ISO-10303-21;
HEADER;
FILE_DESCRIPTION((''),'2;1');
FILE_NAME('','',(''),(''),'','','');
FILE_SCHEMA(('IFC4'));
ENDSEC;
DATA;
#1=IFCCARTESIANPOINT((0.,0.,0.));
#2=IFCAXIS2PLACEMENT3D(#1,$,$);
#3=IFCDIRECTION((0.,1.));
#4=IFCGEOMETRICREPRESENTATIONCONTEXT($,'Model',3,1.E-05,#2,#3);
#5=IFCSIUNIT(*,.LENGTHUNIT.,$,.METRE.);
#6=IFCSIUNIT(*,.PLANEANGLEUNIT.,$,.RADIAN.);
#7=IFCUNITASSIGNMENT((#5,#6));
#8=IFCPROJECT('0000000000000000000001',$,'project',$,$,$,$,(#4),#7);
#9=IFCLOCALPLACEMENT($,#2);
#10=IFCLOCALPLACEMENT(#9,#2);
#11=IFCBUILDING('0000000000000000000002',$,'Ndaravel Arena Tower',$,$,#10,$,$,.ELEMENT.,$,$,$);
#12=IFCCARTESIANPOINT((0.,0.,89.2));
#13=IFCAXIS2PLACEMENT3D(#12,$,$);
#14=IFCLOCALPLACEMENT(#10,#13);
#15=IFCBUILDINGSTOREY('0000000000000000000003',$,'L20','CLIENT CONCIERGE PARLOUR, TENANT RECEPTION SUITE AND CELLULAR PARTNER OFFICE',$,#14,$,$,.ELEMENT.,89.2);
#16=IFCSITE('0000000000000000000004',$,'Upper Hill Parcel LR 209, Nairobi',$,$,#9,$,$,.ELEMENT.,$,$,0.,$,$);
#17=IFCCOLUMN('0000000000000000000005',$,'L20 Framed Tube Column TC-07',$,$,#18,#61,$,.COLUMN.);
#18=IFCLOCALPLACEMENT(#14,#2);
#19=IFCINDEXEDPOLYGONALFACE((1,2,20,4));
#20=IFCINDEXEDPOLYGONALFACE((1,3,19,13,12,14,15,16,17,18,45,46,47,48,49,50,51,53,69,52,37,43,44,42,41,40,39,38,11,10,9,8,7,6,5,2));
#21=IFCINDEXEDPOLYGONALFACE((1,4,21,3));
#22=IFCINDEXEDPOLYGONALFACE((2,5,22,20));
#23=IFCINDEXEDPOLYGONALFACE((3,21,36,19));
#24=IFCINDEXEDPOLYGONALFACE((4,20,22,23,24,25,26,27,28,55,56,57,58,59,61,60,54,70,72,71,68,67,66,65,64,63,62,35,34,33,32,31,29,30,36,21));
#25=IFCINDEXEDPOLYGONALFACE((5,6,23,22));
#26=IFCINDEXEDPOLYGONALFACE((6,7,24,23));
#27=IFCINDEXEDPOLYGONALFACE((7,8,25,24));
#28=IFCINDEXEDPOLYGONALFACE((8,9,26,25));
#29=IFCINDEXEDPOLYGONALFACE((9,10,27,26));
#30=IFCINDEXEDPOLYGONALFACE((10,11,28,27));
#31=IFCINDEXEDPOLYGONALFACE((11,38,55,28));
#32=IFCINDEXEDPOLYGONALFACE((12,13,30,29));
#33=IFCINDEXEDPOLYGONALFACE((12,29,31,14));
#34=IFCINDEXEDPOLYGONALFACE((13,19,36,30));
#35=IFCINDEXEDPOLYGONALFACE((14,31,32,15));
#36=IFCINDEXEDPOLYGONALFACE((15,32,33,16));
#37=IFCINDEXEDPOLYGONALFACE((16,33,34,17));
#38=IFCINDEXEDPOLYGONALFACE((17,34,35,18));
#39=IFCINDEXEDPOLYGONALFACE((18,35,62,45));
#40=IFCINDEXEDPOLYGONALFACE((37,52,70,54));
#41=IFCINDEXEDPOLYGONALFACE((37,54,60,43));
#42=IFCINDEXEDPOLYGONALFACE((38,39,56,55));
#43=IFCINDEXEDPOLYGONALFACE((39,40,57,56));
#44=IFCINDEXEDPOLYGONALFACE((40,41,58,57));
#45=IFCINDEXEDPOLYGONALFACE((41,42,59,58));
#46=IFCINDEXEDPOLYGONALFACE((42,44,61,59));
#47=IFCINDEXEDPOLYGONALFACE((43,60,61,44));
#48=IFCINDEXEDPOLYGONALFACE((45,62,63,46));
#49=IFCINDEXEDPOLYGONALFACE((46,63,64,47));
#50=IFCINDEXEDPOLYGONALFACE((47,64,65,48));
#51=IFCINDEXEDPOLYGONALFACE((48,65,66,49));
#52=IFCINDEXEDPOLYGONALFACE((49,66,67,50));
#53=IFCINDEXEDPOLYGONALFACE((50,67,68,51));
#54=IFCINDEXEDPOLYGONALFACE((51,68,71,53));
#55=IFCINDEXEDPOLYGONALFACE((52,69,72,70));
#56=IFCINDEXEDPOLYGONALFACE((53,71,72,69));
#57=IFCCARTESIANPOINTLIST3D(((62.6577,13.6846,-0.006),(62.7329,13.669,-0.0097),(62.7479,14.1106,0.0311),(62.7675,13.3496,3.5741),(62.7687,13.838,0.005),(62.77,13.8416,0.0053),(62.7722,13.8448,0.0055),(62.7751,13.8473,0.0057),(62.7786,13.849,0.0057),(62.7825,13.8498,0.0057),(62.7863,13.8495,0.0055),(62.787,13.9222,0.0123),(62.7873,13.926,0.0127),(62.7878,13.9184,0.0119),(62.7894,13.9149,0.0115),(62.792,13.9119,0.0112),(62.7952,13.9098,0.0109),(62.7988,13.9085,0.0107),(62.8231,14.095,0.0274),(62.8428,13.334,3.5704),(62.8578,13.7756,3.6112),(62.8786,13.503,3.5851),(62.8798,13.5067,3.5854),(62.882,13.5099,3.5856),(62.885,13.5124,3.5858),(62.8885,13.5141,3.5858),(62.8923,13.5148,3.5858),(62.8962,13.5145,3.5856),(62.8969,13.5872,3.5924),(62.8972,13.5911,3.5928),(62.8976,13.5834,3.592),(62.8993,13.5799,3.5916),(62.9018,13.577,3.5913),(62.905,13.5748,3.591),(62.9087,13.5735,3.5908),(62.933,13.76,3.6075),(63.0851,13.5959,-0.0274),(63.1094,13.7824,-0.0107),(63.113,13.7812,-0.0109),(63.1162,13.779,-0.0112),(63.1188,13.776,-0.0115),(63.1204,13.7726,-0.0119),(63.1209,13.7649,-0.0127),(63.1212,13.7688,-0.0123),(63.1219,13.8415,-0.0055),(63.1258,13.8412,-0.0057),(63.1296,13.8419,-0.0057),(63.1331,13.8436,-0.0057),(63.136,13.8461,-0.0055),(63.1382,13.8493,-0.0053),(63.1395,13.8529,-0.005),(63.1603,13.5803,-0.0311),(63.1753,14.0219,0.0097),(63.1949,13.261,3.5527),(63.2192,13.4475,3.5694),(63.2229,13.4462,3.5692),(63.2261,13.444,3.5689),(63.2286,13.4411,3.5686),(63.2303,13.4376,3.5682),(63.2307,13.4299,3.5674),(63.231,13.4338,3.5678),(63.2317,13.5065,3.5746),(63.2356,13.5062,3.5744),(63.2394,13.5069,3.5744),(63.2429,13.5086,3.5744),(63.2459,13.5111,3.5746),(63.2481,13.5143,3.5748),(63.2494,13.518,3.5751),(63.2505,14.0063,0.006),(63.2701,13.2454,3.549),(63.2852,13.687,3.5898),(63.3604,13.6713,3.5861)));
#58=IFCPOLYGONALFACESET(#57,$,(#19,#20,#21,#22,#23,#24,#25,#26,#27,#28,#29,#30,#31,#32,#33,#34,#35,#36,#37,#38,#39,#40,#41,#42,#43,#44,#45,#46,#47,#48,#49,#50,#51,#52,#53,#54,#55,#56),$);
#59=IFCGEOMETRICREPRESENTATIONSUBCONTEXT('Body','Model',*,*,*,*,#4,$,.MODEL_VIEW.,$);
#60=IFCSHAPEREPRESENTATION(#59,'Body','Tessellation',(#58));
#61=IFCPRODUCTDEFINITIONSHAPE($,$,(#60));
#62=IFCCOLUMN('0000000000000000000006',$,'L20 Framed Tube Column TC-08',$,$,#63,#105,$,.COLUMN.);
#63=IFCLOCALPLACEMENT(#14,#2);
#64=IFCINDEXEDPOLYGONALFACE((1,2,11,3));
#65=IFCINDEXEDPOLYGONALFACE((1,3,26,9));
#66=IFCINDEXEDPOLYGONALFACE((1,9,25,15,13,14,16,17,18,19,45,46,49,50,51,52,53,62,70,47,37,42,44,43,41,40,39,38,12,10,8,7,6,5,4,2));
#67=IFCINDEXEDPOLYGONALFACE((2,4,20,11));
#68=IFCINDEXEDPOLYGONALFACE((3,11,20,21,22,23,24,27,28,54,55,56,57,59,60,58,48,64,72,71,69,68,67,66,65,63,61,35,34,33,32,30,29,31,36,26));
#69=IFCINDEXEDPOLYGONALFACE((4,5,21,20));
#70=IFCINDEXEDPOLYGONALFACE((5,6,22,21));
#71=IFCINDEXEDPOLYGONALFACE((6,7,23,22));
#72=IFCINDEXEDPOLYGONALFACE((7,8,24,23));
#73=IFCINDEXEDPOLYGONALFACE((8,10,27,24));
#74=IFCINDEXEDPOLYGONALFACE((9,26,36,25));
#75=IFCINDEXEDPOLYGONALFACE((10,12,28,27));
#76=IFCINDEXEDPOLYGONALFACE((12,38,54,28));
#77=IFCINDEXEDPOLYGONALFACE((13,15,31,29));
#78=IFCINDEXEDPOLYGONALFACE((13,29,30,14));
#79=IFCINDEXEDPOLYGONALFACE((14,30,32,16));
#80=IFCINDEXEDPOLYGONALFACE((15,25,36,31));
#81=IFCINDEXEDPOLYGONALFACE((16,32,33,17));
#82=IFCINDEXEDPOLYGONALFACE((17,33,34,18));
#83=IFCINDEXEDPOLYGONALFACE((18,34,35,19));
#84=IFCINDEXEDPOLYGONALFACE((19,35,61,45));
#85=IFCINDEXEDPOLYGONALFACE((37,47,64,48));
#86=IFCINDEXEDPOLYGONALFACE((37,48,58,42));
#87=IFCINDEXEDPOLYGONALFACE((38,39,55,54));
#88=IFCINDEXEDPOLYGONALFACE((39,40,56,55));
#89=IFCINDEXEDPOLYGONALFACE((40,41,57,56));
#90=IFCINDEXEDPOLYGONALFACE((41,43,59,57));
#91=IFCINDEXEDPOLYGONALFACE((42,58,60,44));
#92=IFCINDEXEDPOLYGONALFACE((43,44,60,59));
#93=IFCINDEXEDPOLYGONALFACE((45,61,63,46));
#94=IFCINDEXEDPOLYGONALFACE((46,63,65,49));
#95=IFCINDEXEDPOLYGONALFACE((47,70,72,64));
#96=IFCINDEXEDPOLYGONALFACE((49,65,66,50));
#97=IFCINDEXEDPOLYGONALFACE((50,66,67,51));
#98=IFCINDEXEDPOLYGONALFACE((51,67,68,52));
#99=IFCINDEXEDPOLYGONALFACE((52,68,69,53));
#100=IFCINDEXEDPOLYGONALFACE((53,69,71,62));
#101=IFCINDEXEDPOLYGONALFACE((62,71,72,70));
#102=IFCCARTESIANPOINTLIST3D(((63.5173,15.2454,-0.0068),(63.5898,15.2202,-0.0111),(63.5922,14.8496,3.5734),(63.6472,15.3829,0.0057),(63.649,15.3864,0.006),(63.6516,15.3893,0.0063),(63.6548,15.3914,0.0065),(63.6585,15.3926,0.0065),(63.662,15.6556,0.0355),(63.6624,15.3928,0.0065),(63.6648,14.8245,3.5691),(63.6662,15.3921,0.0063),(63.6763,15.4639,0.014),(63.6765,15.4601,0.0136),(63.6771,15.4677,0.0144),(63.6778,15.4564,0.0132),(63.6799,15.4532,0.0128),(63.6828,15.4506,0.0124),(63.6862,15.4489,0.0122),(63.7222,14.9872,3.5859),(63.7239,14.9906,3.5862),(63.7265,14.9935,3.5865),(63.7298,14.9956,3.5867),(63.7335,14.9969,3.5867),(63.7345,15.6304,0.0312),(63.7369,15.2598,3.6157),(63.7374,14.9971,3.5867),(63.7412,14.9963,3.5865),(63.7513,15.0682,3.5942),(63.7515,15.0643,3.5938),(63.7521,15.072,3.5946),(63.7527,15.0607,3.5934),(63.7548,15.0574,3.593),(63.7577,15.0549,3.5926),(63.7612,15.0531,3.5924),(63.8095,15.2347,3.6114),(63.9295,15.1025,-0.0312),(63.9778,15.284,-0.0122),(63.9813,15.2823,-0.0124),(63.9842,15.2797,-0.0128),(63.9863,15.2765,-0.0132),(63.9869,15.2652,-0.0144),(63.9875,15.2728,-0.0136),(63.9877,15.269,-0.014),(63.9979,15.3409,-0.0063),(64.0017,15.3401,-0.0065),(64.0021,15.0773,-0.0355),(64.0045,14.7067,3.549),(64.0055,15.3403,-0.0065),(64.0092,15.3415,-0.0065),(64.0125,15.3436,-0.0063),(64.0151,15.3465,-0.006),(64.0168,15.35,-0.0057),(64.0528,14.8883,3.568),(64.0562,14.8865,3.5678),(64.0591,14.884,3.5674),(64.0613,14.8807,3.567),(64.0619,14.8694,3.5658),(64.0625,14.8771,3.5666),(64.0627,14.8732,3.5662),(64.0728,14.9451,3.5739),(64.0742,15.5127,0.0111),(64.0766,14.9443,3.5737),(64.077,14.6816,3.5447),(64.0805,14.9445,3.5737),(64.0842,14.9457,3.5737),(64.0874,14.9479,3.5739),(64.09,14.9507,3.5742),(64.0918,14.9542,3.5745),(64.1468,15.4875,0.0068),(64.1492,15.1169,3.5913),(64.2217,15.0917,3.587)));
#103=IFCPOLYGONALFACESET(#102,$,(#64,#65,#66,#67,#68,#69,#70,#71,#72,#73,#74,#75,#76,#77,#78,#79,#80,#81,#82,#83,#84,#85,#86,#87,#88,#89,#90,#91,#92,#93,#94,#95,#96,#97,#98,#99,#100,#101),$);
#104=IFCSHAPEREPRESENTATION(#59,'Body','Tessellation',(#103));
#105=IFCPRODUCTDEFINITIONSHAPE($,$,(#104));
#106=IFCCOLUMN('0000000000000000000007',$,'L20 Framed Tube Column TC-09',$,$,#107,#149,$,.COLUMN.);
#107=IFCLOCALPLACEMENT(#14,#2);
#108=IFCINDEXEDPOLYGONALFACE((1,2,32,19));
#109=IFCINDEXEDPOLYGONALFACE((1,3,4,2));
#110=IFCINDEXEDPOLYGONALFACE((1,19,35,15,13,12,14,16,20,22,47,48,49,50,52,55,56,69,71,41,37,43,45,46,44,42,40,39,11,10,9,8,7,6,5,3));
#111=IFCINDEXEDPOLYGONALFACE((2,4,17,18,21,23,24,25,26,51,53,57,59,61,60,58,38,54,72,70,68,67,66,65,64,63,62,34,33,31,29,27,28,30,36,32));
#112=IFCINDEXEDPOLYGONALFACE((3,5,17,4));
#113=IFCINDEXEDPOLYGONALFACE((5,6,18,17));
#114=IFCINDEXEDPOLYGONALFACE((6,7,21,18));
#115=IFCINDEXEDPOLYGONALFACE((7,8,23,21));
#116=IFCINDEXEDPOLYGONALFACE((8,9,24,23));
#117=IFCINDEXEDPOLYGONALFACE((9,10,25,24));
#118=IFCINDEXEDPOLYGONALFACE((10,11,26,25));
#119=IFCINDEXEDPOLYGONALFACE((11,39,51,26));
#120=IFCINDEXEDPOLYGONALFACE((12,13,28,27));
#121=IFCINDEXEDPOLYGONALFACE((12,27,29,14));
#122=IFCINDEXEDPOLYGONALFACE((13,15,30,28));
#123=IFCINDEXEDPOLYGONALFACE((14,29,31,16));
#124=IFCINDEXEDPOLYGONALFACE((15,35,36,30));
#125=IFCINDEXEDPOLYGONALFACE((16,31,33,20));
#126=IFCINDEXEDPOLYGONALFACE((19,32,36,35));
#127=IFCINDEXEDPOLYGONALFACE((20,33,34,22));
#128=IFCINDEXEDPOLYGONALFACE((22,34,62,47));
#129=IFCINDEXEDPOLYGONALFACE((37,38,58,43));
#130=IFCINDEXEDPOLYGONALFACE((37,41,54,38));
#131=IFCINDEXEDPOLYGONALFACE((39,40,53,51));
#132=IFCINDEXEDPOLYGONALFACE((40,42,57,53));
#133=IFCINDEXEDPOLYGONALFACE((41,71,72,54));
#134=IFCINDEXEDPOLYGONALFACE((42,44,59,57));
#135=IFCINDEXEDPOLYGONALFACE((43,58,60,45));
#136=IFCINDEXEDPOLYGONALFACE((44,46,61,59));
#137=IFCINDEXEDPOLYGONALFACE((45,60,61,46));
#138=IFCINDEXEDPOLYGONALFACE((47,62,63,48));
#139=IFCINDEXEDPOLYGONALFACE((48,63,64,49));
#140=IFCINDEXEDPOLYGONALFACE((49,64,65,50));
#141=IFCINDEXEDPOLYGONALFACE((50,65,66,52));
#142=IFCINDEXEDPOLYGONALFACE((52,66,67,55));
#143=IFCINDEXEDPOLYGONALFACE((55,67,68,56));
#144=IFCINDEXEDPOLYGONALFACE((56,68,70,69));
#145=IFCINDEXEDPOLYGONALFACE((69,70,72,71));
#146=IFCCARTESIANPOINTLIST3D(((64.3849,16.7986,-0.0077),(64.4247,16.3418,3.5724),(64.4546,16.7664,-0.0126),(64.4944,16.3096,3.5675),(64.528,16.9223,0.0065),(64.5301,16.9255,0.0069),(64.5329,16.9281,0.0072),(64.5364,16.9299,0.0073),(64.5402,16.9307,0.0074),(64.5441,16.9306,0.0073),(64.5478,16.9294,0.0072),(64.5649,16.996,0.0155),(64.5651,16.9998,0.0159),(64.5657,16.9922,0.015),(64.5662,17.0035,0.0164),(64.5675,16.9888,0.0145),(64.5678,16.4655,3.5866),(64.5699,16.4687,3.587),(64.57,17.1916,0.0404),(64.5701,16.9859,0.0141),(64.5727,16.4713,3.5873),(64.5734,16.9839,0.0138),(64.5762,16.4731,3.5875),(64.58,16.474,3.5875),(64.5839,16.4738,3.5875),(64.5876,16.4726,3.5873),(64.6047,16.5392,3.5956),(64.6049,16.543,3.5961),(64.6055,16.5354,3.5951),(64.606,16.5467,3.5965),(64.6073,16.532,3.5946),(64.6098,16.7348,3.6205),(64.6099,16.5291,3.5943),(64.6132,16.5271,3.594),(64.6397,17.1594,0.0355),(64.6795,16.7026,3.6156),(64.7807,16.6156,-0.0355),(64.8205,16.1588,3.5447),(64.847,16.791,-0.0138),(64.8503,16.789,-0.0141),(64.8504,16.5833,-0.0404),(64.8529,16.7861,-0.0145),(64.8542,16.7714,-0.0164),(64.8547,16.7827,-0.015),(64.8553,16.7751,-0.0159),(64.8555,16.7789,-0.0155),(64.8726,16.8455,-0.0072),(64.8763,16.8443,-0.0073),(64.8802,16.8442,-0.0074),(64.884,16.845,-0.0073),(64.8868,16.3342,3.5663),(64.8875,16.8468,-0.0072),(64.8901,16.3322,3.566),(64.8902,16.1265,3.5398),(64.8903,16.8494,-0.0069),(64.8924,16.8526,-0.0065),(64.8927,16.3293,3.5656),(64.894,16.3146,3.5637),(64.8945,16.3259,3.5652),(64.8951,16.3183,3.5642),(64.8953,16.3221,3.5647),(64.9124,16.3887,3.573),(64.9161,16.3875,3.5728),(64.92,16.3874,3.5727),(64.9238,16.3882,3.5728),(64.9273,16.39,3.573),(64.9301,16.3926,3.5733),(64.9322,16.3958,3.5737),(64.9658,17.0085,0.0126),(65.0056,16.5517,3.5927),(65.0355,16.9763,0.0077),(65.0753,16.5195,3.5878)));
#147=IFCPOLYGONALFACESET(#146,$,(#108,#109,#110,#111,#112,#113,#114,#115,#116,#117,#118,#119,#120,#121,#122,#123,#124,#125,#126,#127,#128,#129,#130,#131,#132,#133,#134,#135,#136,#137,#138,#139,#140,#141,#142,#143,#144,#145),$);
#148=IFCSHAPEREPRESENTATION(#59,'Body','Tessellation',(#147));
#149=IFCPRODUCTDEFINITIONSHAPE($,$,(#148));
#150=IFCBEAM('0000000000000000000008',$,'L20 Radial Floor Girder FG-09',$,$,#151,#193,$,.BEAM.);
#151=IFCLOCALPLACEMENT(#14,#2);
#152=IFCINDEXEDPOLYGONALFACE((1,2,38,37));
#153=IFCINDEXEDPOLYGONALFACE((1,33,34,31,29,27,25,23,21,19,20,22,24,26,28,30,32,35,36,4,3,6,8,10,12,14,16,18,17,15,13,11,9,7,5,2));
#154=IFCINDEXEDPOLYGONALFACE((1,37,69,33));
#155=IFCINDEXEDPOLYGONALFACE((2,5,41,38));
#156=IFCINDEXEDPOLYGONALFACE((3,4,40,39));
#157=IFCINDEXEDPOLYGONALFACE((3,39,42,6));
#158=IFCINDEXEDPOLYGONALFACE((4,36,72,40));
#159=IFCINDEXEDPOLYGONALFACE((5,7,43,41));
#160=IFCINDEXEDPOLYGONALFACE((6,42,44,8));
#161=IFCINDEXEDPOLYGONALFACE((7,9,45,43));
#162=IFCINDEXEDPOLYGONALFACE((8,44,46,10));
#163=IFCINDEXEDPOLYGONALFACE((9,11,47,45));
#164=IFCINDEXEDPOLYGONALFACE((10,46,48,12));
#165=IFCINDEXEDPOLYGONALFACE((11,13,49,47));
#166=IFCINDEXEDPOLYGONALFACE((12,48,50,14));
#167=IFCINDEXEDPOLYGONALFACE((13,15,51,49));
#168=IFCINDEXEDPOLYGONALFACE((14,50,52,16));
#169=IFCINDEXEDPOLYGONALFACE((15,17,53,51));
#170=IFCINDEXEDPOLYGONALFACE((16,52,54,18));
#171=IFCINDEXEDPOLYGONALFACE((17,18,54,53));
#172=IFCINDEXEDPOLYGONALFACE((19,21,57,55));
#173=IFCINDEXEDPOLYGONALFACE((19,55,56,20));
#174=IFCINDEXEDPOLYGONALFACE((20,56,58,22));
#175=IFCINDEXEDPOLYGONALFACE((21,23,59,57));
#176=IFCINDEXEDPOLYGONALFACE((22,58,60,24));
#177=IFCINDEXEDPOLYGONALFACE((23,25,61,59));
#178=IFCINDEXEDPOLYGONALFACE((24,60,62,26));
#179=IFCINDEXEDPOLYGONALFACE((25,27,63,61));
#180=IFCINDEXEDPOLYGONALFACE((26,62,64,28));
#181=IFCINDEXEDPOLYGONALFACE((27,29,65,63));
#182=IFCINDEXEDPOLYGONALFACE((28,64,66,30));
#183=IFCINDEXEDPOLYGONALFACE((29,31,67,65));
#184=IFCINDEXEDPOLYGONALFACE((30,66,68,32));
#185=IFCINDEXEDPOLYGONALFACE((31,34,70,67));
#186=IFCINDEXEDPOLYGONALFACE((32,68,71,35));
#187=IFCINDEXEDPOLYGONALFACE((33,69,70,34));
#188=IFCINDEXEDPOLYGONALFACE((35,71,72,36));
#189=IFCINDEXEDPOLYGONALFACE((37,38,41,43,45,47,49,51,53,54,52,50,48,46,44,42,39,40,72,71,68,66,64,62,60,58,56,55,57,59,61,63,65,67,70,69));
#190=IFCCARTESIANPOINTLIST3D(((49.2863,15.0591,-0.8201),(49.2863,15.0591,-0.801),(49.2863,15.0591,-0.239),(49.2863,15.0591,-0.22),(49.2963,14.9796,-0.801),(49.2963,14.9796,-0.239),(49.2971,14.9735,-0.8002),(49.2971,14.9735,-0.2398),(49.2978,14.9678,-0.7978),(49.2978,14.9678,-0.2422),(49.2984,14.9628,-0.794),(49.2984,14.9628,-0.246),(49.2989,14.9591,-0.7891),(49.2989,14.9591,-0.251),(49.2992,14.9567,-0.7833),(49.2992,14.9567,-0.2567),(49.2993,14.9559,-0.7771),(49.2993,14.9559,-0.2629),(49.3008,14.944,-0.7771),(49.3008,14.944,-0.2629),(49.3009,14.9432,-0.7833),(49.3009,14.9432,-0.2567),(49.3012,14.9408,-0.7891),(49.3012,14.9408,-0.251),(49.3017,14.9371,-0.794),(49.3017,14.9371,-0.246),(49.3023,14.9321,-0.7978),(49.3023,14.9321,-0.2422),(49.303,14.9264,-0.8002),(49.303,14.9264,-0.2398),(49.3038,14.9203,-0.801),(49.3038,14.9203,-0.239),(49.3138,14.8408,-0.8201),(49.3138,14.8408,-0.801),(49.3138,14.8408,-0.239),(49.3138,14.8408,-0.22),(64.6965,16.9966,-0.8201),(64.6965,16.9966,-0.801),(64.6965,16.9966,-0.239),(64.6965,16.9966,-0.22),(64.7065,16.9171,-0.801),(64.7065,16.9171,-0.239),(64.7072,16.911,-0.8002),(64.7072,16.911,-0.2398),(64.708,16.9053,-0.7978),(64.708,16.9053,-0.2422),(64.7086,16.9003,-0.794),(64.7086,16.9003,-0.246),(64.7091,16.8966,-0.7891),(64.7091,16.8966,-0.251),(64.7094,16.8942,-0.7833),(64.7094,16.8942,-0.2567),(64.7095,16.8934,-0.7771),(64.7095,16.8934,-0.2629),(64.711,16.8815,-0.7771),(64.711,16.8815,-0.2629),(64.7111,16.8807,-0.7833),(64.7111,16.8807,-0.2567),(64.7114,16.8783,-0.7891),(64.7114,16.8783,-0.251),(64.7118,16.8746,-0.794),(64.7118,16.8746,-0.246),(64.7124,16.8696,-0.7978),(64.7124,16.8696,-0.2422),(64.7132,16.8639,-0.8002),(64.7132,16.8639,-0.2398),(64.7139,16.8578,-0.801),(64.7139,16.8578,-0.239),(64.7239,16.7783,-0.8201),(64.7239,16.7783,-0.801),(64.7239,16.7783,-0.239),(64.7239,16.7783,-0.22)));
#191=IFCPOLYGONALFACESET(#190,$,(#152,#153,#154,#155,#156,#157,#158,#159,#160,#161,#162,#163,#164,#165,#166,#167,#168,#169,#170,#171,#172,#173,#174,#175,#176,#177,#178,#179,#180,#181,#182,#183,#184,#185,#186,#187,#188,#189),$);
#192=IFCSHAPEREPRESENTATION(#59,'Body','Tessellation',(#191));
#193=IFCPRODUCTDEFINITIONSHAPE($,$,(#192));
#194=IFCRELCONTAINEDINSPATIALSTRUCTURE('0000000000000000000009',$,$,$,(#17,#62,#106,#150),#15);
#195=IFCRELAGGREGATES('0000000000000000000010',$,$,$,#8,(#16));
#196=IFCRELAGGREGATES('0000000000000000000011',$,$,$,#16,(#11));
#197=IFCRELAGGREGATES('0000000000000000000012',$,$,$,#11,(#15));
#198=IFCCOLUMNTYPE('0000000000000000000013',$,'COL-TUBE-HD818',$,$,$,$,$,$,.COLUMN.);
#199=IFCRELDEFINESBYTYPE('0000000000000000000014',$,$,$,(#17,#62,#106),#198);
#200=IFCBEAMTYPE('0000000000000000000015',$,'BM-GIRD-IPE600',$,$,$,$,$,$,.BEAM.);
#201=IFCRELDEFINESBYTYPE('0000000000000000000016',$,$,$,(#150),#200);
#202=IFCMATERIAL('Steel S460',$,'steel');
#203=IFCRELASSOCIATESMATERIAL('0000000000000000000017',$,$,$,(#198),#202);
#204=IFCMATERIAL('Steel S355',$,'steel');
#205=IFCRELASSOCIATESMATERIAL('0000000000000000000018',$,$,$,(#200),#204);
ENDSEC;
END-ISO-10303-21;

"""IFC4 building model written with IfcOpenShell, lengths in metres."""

from ifc_helpers import new_model, si_unit, direction, frame, origin, origin_2d, place, context, subcontext, project, spatial, i_section, extrude, material, material_profile, profile_set, type_object, element, save


model = new_model("IFC4")

# Units and contexts
model_context = context("Model", 3, precision=1e-05, world=origin(), true_north=direction((0.0, 1.0)))
body_context = subcontext(model_context, "Body", "Model", "MODEL_VIEW")
ifc_project = project(units=[si_unit("LENGTHUNIT", "METRE"), si_unit("PLANEANGLEUNIT", "RADIAN")], contexts=[model_context])

# Site, building, storey
site_placement = place(None, origin())
site = spatial("IfcSite", under=ifc_project, at=site_placement, Name="Upper Hill Parcel LR 209, Nairobi", CompositionType="ELEMENT", RefElevation=0.0)
building_placement = place(site_placement, origin())
building = spatial("IfcBuilding", under=site, at=building_placement, Name="Ndaravel Arena Tower", CompositionType="ELEMENT")
storey_placement = place(building_placement, frame((0.0, 0.0, 89.2)))
storey = spatial("IfcBuildingStorey", under=building, at=storey_placement, Name="L20", Description="CLIENT CONCIERGE PARLOUR, TENANT RECEPTION SUITE AND CELLULAR PARTNER OFFICE", CompositionType="ELEMENT", Elevation=89.2)

# Columns
ifc_material_1 = material(Name="Steel S460", Category="steel")
ifc_material_profile_1 = material_profile(ifc_material_1, i_section(OverallWidth=0.437, OverallDepth=0.5139, WebThickness=0.0605, FlangeThickness=0.0769, FilletRadius=0.0149, at=origin_2d()), Name="HD 400x818")
ifc_profile_set_1 = profile_set([ifc_material_profile_1], Name="Steel S460")
column_type = type_object("IfcColumnType", Name="COL-TUBE-HD818", PredefinedType="COLUMN", material=ifc_profile_set_1)
column_1_placement = place(storey_placement, frame((62.9541, 13.8455, 0.0), z_axis=(0.03054, -0.093112, 0.995187), x_axis=(0.206497, 0.97476, 0.084864)))
element("IfcColumn", 1, at=column_1_placement, inside=storey, type_object=column_type, Name="L20 Framed Tube Column TC-07", PredefinedType="COLUMN", context=body_context, shape_type="SweptSolid", body=[
    extrude(i_section(OverallWidth=0.437, OverallDepth=0.5139, WebThickness=0.0605, FlangeThickness=0.0769, FilletRadius=0.0149, at=origin_2d()), origin(), (0.0, 0.0, 1.0), 3.5974),
])
column_2_placement = place(storey_placement, frame((63.832, 15.3665, 0.0), z_axis=(0.020804, -0.10985, 0.99373), x_axis=(0.331126, 0.938606, 0.096824)))
element("IfcColumn", 2, at=column_2_placement, inside=storey, type_object=column_type, Name="L20 Framed Tube Column TC-08", PredefinedType="COLUMN", context=body_context, shape_type="SweptSolid", body=[
    extrude(i_section(OverallWidth=0.437, OverallDepth=0.5139, WebThickness=0.0605, FlangeThickness=0.0769, FilletRadius=0.0149, at=origin_2d()), origin(), (0.0, 0.0, 1.0), 3.6028),
])
column_3_placement = place(storey_placement, frame((64.7102, 16.8875, 0.0), z_axis=(0.011026, -0.126558, 0.991898), x_axis=(0.42356, 0.899163, 0.110017)))
element("IfcColumn", 3, at=column_3_placement, inside=storey, type_object=column_type, Name="L20 Framed Tube Column TC-09", PredefinedType="COLUMN", context=body_context, shape_type="SweptSolid", body=[
    extrude(i_section(OverallWidth=0.437, OverallDepth=0.5139, WebThickness=0.0605, FlangeThickness=0.0769, FilletRadius=0.0149, at=origin_2d()), origin(), (0.0, 0.0, 1.0), 3.6094),
])

# Beam
ifc_material_2 = material(Name="Steel S355", Category="steel")
ifc_material_profile_2 = material_profile(ifc_material_2, i_section(OverallWidth=0.22, OverallDepth=0.6001, WebThickness=0.012, FlangeThickness=0.019, FilletRadius=0.0239, at=origin_2d()), Name="IPE 600")
ifc_profile_set_2 = profile_set([ifc_material_profile_2], Name="Steel S355")
beam_type_1 = type_object("IfcBeamType", Name="BM-GIRD-IPE600", PredefinedType="BEAM", material=ifc_profile_set_2)
beam_1_placement = place(storey_placement, frame((64.7102, 16.8875, -0.52), z_axis=(-0.992189, -0.124747, 0.0), x_axis=(0.124747, -0.992189, 0.0)))
element("IfcBeam", 4, at=beam_1_placement, inside=storey, type_object=beam_type_1, Name="L20 Radial Floor Girder FG-09", PredefinedType="BEAM", context=body_context, shape_type="SweptSolid", body=[
    extrude(i_section(OverallWidth=0.22, OverallDepth=0.6001, WebThickness=0.012, FlangeThickness=0.019, FilletRadius=0.0239, at=origin_2d()), origin(), (0.0, 0.0, 1.0), 15.5315),
])

save(model, "model.ifc")
